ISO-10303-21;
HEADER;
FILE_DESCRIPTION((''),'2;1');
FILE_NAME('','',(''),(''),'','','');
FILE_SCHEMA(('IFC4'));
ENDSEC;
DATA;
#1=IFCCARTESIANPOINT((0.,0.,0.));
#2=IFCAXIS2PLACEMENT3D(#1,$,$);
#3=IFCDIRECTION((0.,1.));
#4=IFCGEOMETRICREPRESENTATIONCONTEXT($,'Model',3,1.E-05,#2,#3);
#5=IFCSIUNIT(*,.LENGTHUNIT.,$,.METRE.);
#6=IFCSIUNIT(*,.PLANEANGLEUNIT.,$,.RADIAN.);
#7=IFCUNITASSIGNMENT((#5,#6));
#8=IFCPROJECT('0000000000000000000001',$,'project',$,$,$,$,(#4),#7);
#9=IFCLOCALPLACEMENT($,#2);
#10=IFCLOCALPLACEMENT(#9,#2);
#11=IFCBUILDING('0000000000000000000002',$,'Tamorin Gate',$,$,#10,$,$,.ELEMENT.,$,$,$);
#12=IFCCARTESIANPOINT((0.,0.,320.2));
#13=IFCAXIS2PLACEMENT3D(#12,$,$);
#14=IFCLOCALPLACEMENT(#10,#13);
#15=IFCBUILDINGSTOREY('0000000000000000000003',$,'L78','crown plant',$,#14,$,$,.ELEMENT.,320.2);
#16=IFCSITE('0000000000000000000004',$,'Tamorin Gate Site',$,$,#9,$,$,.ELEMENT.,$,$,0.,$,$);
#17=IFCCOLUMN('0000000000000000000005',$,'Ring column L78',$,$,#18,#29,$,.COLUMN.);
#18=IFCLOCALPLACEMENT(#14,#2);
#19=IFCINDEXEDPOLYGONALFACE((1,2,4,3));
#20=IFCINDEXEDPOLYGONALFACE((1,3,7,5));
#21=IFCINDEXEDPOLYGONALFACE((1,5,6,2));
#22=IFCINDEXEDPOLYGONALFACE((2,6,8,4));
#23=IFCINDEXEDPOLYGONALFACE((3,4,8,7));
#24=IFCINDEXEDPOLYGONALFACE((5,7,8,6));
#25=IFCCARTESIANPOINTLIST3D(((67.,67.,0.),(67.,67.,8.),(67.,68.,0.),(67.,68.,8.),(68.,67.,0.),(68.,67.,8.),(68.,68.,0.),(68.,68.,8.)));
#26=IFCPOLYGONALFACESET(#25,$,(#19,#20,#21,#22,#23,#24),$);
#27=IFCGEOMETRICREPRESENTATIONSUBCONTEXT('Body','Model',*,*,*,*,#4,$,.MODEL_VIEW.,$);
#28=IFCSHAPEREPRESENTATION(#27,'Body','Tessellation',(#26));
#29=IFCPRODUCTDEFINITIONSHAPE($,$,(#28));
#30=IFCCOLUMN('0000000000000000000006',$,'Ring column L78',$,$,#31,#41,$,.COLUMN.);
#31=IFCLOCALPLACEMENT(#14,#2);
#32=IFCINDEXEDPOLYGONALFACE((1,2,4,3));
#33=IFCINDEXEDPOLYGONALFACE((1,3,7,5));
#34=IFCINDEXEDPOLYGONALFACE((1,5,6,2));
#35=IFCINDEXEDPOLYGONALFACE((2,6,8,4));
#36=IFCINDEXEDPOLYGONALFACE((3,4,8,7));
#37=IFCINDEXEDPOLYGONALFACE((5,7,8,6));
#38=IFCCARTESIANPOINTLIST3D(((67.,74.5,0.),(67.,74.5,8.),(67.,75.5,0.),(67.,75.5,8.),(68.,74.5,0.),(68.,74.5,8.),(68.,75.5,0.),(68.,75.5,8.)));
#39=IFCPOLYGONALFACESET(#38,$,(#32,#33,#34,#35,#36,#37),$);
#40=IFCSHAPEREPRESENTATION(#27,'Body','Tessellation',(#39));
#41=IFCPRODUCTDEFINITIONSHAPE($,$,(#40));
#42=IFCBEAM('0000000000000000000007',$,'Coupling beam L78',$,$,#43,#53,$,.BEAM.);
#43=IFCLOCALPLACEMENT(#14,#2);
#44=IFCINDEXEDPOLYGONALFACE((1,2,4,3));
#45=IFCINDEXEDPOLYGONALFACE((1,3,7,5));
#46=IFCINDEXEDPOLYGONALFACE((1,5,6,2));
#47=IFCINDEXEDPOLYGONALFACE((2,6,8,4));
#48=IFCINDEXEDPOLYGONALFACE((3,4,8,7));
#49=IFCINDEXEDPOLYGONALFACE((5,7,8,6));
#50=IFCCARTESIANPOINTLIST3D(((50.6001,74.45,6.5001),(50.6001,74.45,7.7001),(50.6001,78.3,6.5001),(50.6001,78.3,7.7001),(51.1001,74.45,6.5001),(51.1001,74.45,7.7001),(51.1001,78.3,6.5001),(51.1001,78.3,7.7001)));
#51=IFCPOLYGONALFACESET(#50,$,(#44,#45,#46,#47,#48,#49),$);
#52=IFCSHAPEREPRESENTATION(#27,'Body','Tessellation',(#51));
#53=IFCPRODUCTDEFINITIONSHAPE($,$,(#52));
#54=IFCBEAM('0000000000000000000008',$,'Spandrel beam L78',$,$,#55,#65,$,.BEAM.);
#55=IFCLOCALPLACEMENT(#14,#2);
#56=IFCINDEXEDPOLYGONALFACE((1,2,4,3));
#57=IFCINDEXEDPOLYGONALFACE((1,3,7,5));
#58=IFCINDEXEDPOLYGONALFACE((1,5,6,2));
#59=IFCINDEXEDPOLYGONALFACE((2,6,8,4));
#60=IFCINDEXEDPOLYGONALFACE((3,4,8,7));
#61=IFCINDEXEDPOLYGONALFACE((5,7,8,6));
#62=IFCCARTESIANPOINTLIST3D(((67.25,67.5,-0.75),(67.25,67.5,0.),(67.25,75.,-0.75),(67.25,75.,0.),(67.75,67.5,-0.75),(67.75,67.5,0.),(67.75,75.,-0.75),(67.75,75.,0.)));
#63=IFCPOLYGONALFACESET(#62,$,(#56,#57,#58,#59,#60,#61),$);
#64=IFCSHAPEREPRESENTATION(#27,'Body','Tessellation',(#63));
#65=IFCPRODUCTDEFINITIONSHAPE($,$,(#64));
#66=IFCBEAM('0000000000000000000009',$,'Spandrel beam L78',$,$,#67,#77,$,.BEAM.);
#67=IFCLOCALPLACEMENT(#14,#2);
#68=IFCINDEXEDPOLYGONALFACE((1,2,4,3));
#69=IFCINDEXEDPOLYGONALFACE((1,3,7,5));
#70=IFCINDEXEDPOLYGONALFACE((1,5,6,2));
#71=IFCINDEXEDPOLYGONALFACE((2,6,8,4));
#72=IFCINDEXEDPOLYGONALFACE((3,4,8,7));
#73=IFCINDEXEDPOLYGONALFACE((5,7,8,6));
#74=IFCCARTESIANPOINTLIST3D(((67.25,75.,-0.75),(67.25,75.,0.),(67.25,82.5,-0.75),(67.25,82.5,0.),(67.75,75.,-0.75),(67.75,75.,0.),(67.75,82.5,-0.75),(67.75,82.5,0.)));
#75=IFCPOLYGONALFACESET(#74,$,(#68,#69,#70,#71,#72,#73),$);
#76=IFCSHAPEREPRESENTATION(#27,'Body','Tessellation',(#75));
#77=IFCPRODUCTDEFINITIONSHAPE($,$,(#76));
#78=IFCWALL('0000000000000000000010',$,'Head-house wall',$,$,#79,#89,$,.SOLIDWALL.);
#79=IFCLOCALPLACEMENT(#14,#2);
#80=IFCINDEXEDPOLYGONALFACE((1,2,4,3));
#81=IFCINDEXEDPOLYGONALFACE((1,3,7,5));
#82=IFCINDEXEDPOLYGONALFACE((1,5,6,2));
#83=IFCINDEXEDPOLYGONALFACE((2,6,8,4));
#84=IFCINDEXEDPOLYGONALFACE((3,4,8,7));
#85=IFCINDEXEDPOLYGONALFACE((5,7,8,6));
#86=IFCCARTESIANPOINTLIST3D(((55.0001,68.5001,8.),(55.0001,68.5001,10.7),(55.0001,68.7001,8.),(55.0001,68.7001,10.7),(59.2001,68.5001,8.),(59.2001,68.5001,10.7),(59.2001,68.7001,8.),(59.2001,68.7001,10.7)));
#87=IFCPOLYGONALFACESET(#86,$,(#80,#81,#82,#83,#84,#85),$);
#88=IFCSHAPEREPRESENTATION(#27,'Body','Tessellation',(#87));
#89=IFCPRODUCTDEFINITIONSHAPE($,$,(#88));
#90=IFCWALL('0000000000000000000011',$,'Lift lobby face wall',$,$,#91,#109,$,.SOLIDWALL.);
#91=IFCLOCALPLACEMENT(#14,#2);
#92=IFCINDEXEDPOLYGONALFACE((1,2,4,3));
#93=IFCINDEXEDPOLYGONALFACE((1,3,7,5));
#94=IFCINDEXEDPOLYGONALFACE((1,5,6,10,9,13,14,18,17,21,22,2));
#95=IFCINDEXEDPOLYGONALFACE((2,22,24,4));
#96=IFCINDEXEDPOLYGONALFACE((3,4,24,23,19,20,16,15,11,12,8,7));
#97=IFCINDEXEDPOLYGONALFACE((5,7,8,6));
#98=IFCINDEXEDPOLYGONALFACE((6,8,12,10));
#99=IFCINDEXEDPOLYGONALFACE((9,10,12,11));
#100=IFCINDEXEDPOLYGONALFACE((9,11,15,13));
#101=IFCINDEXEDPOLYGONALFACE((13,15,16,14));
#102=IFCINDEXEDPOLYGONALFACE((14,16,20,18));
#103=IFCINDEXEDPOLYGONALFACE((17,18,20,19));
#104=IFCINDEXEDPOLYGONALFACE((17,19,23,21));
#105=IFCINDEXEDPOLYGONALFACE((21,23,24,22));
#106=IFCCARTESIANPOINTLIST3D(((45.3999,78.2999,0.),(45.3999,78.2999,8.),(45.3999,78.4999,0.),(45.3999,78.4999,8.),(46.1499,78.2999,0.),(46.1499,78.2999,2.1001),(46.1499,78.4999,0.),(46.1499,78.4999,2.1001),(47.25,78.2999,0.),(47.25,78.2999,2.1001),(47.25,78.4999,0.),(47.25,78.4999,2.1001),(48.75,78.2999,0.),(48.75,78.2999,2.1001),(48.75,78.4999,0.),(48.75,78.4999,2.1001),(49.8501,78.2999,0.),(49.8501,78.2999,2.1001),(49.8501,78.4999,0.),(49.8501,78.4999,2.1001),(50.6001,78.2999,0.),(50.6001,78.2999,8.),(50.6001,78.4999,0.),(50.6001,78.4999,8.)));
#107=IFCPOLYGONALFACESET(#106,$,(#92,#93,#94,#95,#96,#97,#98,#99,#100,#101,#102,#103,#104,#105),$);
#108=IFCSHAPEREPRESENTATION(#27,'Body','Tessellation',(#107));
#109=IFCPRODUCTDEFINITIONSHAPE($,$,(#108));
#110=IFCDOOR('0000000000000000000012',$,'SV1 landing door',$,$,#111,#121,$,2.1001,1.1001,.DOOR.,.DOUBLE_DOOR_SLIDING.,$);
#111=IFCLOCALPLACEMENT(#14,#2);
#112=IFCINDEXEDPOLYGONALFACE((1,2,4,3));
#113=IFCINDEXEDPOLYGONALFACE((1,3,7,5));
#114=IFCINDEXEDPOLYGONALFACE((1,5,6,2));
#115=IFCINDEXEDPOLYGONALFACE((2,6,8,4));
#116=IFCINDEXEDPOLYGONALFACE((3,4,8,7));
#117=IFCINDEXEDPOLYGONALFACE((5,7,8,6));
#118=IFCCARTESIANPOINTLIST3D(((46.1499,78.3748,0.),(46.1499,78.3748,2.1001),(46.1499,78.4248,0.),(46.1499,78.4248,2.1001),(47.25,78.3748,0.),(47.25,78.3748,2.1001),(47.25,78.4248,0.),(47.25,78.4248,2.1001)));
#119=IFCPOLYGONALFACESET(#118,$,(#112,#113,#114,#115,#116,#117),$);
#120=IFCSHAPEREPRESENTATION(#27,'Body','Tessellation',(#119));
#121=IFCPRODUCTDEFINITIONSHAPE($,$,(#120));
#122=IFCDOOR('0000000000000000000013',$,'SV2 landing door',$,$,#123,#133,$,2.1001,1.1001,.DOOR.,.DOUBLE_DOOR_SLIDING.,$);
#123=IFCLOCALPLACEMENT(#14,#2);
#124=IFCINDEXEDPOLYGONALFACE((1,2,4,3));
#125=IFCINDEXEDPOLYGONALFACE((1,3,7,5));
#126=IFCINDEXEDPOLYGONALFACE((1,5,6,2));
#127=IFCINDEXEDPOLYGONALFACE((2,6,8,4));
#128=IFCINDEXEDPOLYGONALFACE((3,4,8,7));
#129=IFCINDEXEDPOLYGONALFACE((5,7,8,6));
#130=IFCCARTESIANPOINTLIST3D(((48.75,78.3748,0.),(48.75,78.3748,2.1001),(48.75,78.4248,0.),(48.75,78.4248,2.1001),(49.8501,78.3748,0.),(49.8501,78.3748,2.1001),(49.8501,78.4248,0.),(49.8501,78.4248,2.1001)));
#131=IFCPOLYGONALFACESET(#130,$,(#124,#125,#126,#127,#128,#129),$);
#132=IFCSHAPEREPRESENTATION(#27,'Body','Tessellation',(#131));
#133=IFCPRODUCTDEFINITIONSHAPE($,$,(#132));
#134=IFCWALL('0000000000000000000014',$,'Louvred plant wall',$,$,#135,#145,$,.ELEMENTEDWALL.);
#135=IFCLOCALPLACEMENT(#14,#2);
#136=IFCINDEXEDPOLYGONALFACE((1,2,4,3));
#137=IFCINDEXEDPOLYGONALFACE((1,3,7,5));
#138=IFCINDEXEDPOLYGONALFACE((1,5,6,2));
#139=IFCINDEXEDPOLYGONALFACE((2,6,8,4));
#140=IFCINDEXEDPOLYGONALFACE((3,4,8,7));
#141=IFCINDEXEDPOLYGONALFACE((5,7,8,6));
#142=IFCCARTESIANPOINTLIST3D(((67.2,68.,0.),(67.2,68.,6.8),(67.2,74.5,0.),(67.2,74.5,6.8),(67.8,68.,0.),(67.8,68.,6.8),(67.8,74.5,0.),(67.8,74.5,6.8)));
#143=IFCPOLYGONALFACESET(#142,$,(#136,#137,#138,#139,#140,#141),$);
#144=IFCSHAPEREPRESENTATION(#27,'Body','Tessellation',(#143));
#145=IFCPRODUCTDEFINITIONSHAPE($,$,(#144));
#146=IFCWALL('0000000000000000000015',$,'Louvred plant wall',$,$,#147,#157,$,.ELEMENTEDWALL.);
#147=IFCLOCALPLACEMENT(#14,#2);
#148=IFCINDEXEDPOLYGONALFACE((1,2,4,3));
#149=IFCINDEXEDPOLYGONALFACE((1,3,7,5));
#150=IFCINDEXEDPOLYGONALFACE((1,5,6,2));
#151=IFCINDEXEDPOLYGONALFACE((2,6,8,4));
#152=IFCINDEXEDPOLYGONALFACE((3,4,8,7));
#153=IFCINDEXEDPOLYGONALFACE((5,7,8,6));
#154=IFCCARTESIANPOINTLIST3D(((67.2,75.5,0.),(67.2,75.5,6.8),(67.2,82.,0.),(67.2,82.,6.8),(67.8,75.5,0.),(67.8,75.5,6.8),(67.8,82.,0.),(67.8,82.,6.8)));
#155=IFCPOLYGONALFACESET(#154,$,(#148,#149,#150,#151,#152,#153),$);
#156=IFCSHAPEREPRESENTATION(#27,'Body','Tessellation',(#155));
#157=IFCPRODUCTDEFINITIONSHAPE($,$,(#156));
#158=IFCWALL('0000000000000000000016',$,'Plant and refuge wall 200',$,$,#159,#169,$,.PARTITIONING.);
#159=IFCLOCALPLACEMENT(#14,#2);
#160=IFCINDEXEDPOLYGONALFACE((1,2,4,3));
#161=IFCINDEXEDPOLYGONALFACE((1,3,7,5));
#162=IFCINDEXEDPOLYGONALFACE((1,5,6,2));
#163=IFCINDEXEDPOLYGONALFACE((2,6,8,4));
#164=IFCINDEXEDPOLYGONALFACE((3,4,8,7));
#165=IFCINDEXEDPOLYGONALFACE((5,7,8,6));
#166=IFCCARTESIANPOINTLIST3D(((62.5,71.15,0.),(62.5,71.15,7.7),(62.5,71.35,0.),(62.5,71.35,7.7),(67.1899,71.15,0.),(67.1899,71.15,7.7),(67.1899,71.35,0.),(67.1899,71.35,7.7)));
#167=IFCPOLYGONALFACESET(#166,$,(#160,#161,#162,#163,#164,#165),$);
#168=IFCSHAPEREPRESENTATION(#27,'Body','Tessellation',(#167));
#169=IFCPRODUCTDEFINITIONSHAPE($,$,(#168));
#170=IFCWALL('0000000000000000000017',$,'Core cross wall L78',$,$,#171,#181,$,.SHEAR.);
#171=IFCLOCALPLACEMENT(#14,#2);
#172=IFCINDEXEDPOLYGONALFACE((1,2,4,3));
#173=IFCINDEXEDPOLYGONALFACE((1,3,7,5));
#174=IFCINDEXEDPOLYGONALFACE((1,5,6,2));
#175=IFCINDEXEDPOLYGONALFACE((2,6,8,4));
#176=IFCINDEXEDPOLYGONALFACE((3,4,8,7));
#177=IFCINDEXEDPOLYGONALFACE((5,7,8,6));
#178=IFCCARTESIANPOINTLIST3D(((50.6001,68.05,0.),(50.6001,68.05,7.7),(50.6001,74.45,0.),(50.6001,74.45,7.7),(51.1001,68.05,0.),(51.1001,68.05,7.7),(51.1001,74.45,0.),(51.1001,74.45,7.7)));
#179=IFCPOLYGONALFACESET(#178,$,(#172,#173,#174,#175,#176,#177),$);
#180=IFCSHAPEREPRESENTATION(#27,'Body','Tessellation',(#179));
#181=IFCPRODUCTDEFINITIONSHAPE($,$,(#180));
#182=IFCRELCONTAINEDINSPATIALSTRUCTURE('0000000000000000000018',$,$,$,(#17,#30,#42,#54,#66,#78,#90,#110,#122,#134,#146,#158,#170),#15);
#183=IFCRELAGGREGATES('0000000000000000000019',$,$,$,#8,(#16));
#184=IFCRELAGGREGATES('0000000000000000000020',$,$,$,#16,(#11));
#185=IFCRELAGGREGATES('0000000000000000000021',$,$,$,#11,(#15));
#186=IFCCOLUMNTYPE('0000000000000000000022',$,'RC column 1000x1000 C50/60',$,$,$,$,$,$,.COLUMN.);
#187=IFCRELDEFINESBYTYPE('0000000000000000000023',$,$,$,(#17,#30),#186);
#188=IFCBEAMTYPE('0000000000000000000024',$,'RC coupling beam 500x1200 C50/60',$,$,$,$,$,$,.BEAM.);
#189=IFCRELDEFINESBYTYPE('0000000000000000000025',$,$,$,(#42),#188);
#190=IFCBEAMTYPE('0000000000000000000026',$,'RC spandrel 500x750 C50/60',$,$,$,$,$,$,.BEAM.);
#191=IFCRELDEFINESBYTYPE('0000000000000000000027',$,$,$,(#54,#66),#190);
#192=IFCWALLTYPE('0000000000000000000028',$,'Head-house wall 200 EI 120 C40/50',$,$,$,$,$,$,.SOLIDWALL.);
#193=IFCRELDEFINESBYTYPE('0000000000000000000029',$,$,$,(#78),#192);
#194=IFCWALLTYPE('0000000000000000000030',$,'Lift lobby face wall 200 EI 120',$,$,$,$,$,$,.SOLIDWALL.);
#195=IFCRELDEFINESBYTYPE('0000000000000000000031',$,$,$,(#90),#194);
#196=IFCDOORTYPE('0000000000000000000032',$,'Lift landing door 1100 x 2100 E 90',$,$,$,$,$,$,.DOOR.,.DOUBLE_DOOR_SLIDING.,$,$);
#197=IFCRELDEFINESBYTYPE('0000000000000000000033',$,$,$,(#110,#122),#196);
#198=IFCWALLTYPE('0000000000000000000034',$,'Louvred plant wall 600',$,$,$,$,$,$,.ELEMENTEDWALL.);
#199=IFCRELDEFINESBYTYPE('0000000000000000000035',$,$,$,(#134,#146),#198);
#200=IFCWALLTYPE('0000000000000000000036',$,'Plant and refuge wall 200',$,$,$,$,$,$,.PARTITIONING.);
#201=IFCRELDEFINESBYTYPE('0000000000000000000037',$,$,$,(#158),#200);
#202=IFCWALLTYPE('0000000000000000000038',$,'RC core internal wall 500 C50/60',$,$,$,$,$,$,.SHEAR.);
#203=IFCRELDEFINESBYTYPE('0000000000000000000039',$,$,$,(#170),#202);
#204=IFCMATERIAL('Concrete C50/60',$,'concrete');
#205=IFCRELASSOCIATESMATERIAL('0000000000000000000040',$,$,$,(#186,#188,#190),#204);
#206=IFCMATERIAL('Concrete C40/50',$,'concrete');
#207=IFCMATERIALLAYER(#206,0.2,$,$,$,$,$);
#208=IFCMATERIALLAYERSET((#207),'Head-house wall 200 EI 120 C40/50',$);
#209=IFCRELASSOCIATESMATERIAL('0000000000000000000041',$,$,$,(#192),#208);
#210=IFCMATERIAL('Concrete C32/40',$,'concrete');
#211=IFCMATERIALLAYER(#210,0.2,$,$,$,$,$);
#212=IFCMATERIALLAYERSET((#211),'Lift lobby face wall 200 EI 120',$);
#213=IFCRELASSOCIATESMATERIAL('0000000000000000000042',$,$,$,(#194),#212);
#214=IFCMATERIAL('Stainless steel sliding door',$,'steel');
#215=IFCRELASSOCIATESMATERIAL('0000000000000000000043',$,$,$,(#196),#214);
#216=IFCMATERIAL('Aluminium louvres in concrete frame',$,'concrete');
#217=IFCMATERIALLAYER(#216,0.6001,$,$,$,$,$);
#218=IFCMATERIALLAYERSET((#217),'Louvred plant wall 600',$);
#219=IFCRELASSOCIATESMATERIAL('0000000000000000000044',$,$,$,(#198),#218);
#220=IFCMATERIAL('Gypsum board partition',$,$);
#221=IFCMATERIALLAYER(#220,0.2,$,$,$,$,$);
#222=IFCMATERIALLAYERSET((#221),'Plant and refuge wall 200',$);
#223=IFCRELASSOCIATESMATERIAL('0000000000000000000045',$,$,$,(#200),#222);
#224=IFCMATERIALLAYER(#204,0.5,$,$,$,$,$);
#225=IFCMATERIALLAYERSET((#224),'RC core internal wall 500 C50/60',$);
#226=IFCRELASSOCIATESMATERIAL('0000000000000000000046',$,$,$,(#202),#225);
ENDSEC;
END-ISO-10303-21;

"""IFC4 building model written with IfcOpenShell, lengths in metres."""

from ifc_helpers import new_model, si_unit, direction, frame, frame_2d, origin, origin_2d, place, context, subcontext, project, spatial, rectangle, extrude, material, layer, layer_set, material_profile, profile_set, type_object, element, fill, save


model = new_model("IFC4")

# Units and contexts
model_context = context("Model", 3, precision=1e-05, world=origin(), true_north=direction((0.0, 1.0)))
body_context = subcontext(model_context, "Body", "Model", "MODEL_VIEW")
ifc_project = project(units=[si_unit("LENGTHUNIT", "METRE"), si_unit("PLANEANGLEUNIT", "RADIAN")], contexts=[model_context])

# Site, building, storey
site_placement = place(None, origin())
site = spatial("IfcSite", under=ifc_project, at=site_placement, Name="Tamorin Gate Site", CompositionType="ELEMENT", RefElevation=0.0)
building_placement = place(site_placement, origin())
building = spatial("IfcBuilding", under=site, at=building_placement, Name="Tamorin Gate", CompositionType="ELEMENT")
storey_placement = place(building_placement, frame((0.0, 0.0, 320.2)))
storey = spatial("IfcBuildingStorey", under=building, at=storey_placement, Name="L78", Description="crown plant", CompositionType="ELEMENT", Elevation=320.2)

# Columns
ifc_material_1 = material(Name="Concrete C50/60", Category="concrete")
ifc_material_profile_1 = material_profile(ifc_material_1, rectangle(XDim=1.0, YDim=1.0, at=origin_2d()), Name="RC 1000x1000")
ifc_profile_set_1 = profile_set([ifc_material_profile_1], Name="Concrete C50/60")
column_type = type_object("IfcColumnType", Name="RC column 1000x1000 C50/60", PredefinedType="COLUMN", material=ifc_profile_set_1)
for number, where, z_axis, x_axis, name in (
    (1, (67.5, 67.5, 0.0), (0.0, 0.0, 1.0), (1.0, 0.0, 0.0), "Ring column L78"),
    (2, (67.5, 75.0, 0.0), (0.0, 0.0, 1.0), (1.0, 0.0, 0.0), "Ring column L78"),
):
    element("IfcColumn", number, at=place(storey_placement, frame(where, z_axis=z_axis, x_axis=x_axis)), inside=storey, type_object=column_type, Name=name, PredefinedType="COLUMN", context=body_context, shape_type="SweptSolid", body=[
        extrude(rectangle(XDim=1.0, YDim=1.0, at=origin_2d()), origin(), (0.0, 0.0, 1.0), 8.0),
    ])

# Beams
ifc_material_profile_2 = material_profile(ifc_material_1, rectangle(XDim=0.5, YDim=1.2, at=origin_2d()), Name="RC 500x1200")
ifc_profile_set_2 = profile_set([ifc_material_profile_2], Name="Concrete C50/60")
beam_type_1 = type_object("IfcBeamType", Name="RC coupling beam 500x1200 C50/60", PredefinedType="BEAM", material=ifc_profile_set_2)
beam_placement = place(storey_placement, frame((50.8501, 74.45, 7.1001), z_axis=(0.0, 1.0, 0.0), x_axis=(-1.0, 0.0, 0.0)))
element("IfcBeam", 3, at=beam_placement, inside=storey, type_object=beam_type_1, Name="Coupling beam L78", PredefinedType="BEAM", context=body_context, shape_type="SweptSolid", body=[
    extrude(rectangle(XDim=0.5, YDim=1.2, at=origin_2d()), origin(), (0.0, 0.0, 1.0), 3.8501),
])
ifc_material_profile_3 = material_profile(ifc_material_1, rectangle(XDim=0.5, YDim=0.75, at=origin_2d()), Name="RC 500x750")
ifc_profile_set_3 = profile_set([ifc_material_profile_3], Name="Concrete C50/60")
beam_type_2 = type_object("IfcBeamType", Name="RC spandrel 500x750 C50/60", PredefinedType="BEAM", material=ifc_profile_set_3)
for number, where, z_axis, x_axis, name in (
    (4, (67.5, 67.5, -0.375), (0.0, 1.0, 0.0), (-1.0, 0.0, 0.0), "Spandrel beam L78"),
    (5, (67.5, 75.0, -0.375), (0.0, 1.0, 0.0), (-1.0, 0.0, 0.0), "Spandrel beam L78"),
):
    element("IfcBeam", number, at=place(storey_placement, frame(where, z_axis=z_axis, x_axis=x_axis)), inside=storey, type_object=beam_type_2, Name=name, PredefinedType="BEAM", context=body_context, shape_type="SweptSolid", body=[
        extrude(rectangle(XDim=0.5, YDim=0.75, at=origin_2d()), origin(), (0.0, 0.0, 1.0), 7.5),
    ])

# Wall
ifc_material_2 = material(Name="Concrete C40/50", Category="concrete")
ifc_layer_1 = layer(ifc_material_2, 0.2)
ifc_layer_set_1 = layer_set([ifc_layer_1], Name="Head-house wall 200 EI 120 C40/50")
wall_type_1 = type_object("IfcWallType", Name="Head-house wall 200 EI 120 C40/50", PredefinedType="SOLIDWALL", material=ifc_layer_set_1)
wall_1_placement = place(storey_placement, frame((55.0, 68.6001, 8.0), z_axis=(0.0, 0.0, 1.0), x_axis=(1.0, 0.0, 0.0)))
element("IfcWall", 6, at=wall_1_placement, inside=storey, type_object=wall_type_1, Name="Head-house wall", PredefinedType="SOLIDWALL", context=body_context, shape_type="SweptSolid", body=[
    extrude(rectangle(XDim=4.2, YDim=0.2, at=frame_2d((2.1001, 0.0))), origin(), (0.0, 0.0, 1.0), 2.7),
])

# Wall, openings, doors
ifc_material_3 = material(Name="Concrete C32/40", Category="concrete")
ifc_layer_2 = layer(ifc_material_3, 0.2)
ifc_layer_set_2 = layer_set([ifc_layer_2], Name="Lift lobby face wall 200 EI 120")
wall_type_2 = type_object("IfcWallType", Name="Lift lobby face wall 200 EI 120", PredefinedType="SOLIDWALL", material=ifc_layer_set_2)
wall_2_placement = place(storey_placement, frame((45.3999, 78.3999, 0.0), z_axis=(0.0, 0.0, 1.0), x_axis=(1.0, 0.0, 0.0)))
wall_2 = element("IfcWall", 7, at=wall_2_placement, inside=storey, type_object=wall_type_2, Name="Lift lobby face wall", PredefinedType="SOLIDWALL", context=body_context, shape_type="SweptSolid", body=[
    extrude(rectangle(XDim=5.2002, YDim=0.2, at=frame_2d((2.6001, 0.0))), origin(), (0.0, 0.0, 1.0), 8.0),
])
opening_1_placement = place(wall_2_placement, frame((0.75, 0.0, 0.0)))
opening_1 = element("IfcOpeningElement", 8, at=opening_1_placement, cuts=wall_2, PredefinedType="OPENING", context=body_context, shape_type="SweptSolid", body=[
    extrude(rectangle(XDim=1.1001, YDim=2.1001, at=frame_2d((0.55, 1.05))), frame((0.0, 0.1099, 0.0), z_axis=(0.0, -1.0, 0.0), x_axis=(1.0, 0.0, 0.0)), (0.0, 0.0, 1.0), 0.22),
])
opening_2_placement = place(wall_2_placement, frame((3.3501, 0.0, 0.0)))
opening_2 = element("IfcOpeningElement", 9, at=opening_2_placement, cuts=wall_2, PredefinedType="OPENING", context=body_context, shape_type="SweptSolid", body=[
    extrude(rectangle(XDim=1.1001, YDim=2.1001, at=frame_2d((0.55, 1.05))), frame((0.0, 0.1099, 0.0), z_axis=(0.0, -1.0, 0.0), x_axis=(1.0, 0.0, 0.0)), (0.0, 0.0, 1.0), 0.22),
])
ifc_material_4 = material(Name="Stainless steel sliding door", Category="steel")
door_type_1 = type_object("IfcDoorType", Name="Lift landing door 1100 x 2100 E 90", OperationType="DOUBLE_DOOR_SLIDING", PredefinedType="DOOR", material=ifc_material_4)
door_1_placement = place(opening_1_placement, origin())
door_1 = element("IfcDoor", 10, at=door_1_placement, inside=storey, type_object=door_type_1, Name="SV1 landing door", OperationType="DOUBLE_DOOR_SLIDING", OverallHeight=2.1001, OverallWidth=1.1001, PredefinedType="DOOR", context=body_context, shape_type="SweptSolid", body=[
    extrude(rectangle(XDim=1.1001, YDim=2.1001, at=frame_2d((0.55, 1.05))), frame((0.0, 0.0249, 0.0), z_axis=(0.0, -1.0, 0.0), x_axis=(1.0, 0.0, 0.0)), (0.0, 0.0, 1.0), 0.05),
])
fill(opening_1, door_1)
door_2_placement = place(opening_2_placement, origin())
door_2 = element("IfcDoor", 11, at=door_2_placement, inside=storey, type_object=door_type_1, Name="SV2 landing door", OperationType="DOUBLE_DOOR_SLIDING", OverallHeight=2.1001, OverallWidth=1.1001, PredefinedType="DOOR", context=body_context, shape_type="SweptSolid", body=[
    extrude(rectangle(XDim=1.1001, YDim=2.1001, at=frame_2d((0.55, 1.05))), frame((0.0, 0.0249, 0.0), z_axis=(0.0, -1.0, 0.0), x_axis=(1.0, 0.0, 0.0)), (0.0, 0.0, 1.0), 0.05),
])
fill(opening_2, door_2)

# Walls
ifc_material_5 = material(Name="Aluminium louvres in concrete frame", Category="concrete")
ifc_layer_3 = layer(ifc_material_5, 0.6001)
ifc_layer_set_3 = layer_set([ifc_layer_3], Name="Louvred plant wall 600")
wall_type_3 = type_object("IfcWallType", Name="Louvred plant wall 600", PredefinedType="ELEMENTEDWALL", material=ifc_layer_set_3)
for number, where, z_axis, x_axis, name in (
    (12, (67.5, 68.0, 0.0), (0.0, 0.0, 1.0), (0.0, 1.0, 0.0), "Louvred plant wall"),
    (13, (67.5, 75.5, 0.0), (0.0, 0.0, 1.0), (0.0, 1.0, 0.0), "Louvred plant wall"),
):
    element("IfcWall", number, at=place(storey_placement, frame(where, z_axis=z_axis, x_axis=x_axis)), inside=storey, type_object=wall_type_3, Name=name, PredefinedType="ELEMENTEDWALL", context=body_context, shape_type="SweptSolid", body=[
        extrude(rectangle(XDim=6.5, YDim=0.6001, at=frame_2d((3.25, 0.0))), origin(), (0.0, 0.0, 1.0), 6.8),
    ])
ifc_material_6 = material(Name="Gypsum board partition")
ifc_layer_4 = layer(ifc_material_6, 0.2)
ifc_layer_set_4 = layer_set([ifc_layer_4], Name="Plant and refuge wall 200")
wall_type_4 = type_object("IfcWallType", Name="Plant and refuge wall 200", PredefinedType="PARTITIONING", material=ifc_layer_set_4)
wall_3_placement = place(storey_placement, frame((62.5, 71.25, 0.0), z_axis=(0.0, 0.0, 1.0), x_axis=(1.0, 0.0, 0.0)))
element("IfcWall", 14, at=wall_3_placement, inside=storey, type_object=wall_type_4, Name="Plant and refuge wall 200", PredefinedType="PARTITIONING", context=body_context, shape_type="SweptSolid", body=[
    extrude(rectangle(XDim=4.6899, YDim=0.2, at=frame_2d((2.345, 0.0))), origin(), (0.0, 0.0, 1.0), 7.7),
])
ifc_layer_5 = layer(ifc_material_1, 0.5)
ifc_layer_set_5 = layer_set([ifc_layer_5], Name="RC core internal wall 500 C50/60")
wall_type_5 = type_object("IfcWallType", Name="RC core internal wall 500 C50/60", PredefinedType="SHEAR", material=ifc_layer_set_5)
wall_4_placement = place(storey_placement, frame((50.8501, 68.05, 0.0), z_axis=(0.0, 0.0, 1.0), x_axis=(0.0, 1.0, 0.0)))
element("IfcWall", 15, at=wall_4_placement, inside=storey, type_object=wall_type_5, Name="Core cross wall L78", PredefinedType="SHEAR", context=body_context, shape_type="SweptSolid", body=[
    extrude(rectangle(XDim=6.3999, YDim=0.5, at=frame_2d((3.2, 0.0))), origin(), (0.0, 0.0, 1.0), 7.7),
])

save(model, "model.ifc")
